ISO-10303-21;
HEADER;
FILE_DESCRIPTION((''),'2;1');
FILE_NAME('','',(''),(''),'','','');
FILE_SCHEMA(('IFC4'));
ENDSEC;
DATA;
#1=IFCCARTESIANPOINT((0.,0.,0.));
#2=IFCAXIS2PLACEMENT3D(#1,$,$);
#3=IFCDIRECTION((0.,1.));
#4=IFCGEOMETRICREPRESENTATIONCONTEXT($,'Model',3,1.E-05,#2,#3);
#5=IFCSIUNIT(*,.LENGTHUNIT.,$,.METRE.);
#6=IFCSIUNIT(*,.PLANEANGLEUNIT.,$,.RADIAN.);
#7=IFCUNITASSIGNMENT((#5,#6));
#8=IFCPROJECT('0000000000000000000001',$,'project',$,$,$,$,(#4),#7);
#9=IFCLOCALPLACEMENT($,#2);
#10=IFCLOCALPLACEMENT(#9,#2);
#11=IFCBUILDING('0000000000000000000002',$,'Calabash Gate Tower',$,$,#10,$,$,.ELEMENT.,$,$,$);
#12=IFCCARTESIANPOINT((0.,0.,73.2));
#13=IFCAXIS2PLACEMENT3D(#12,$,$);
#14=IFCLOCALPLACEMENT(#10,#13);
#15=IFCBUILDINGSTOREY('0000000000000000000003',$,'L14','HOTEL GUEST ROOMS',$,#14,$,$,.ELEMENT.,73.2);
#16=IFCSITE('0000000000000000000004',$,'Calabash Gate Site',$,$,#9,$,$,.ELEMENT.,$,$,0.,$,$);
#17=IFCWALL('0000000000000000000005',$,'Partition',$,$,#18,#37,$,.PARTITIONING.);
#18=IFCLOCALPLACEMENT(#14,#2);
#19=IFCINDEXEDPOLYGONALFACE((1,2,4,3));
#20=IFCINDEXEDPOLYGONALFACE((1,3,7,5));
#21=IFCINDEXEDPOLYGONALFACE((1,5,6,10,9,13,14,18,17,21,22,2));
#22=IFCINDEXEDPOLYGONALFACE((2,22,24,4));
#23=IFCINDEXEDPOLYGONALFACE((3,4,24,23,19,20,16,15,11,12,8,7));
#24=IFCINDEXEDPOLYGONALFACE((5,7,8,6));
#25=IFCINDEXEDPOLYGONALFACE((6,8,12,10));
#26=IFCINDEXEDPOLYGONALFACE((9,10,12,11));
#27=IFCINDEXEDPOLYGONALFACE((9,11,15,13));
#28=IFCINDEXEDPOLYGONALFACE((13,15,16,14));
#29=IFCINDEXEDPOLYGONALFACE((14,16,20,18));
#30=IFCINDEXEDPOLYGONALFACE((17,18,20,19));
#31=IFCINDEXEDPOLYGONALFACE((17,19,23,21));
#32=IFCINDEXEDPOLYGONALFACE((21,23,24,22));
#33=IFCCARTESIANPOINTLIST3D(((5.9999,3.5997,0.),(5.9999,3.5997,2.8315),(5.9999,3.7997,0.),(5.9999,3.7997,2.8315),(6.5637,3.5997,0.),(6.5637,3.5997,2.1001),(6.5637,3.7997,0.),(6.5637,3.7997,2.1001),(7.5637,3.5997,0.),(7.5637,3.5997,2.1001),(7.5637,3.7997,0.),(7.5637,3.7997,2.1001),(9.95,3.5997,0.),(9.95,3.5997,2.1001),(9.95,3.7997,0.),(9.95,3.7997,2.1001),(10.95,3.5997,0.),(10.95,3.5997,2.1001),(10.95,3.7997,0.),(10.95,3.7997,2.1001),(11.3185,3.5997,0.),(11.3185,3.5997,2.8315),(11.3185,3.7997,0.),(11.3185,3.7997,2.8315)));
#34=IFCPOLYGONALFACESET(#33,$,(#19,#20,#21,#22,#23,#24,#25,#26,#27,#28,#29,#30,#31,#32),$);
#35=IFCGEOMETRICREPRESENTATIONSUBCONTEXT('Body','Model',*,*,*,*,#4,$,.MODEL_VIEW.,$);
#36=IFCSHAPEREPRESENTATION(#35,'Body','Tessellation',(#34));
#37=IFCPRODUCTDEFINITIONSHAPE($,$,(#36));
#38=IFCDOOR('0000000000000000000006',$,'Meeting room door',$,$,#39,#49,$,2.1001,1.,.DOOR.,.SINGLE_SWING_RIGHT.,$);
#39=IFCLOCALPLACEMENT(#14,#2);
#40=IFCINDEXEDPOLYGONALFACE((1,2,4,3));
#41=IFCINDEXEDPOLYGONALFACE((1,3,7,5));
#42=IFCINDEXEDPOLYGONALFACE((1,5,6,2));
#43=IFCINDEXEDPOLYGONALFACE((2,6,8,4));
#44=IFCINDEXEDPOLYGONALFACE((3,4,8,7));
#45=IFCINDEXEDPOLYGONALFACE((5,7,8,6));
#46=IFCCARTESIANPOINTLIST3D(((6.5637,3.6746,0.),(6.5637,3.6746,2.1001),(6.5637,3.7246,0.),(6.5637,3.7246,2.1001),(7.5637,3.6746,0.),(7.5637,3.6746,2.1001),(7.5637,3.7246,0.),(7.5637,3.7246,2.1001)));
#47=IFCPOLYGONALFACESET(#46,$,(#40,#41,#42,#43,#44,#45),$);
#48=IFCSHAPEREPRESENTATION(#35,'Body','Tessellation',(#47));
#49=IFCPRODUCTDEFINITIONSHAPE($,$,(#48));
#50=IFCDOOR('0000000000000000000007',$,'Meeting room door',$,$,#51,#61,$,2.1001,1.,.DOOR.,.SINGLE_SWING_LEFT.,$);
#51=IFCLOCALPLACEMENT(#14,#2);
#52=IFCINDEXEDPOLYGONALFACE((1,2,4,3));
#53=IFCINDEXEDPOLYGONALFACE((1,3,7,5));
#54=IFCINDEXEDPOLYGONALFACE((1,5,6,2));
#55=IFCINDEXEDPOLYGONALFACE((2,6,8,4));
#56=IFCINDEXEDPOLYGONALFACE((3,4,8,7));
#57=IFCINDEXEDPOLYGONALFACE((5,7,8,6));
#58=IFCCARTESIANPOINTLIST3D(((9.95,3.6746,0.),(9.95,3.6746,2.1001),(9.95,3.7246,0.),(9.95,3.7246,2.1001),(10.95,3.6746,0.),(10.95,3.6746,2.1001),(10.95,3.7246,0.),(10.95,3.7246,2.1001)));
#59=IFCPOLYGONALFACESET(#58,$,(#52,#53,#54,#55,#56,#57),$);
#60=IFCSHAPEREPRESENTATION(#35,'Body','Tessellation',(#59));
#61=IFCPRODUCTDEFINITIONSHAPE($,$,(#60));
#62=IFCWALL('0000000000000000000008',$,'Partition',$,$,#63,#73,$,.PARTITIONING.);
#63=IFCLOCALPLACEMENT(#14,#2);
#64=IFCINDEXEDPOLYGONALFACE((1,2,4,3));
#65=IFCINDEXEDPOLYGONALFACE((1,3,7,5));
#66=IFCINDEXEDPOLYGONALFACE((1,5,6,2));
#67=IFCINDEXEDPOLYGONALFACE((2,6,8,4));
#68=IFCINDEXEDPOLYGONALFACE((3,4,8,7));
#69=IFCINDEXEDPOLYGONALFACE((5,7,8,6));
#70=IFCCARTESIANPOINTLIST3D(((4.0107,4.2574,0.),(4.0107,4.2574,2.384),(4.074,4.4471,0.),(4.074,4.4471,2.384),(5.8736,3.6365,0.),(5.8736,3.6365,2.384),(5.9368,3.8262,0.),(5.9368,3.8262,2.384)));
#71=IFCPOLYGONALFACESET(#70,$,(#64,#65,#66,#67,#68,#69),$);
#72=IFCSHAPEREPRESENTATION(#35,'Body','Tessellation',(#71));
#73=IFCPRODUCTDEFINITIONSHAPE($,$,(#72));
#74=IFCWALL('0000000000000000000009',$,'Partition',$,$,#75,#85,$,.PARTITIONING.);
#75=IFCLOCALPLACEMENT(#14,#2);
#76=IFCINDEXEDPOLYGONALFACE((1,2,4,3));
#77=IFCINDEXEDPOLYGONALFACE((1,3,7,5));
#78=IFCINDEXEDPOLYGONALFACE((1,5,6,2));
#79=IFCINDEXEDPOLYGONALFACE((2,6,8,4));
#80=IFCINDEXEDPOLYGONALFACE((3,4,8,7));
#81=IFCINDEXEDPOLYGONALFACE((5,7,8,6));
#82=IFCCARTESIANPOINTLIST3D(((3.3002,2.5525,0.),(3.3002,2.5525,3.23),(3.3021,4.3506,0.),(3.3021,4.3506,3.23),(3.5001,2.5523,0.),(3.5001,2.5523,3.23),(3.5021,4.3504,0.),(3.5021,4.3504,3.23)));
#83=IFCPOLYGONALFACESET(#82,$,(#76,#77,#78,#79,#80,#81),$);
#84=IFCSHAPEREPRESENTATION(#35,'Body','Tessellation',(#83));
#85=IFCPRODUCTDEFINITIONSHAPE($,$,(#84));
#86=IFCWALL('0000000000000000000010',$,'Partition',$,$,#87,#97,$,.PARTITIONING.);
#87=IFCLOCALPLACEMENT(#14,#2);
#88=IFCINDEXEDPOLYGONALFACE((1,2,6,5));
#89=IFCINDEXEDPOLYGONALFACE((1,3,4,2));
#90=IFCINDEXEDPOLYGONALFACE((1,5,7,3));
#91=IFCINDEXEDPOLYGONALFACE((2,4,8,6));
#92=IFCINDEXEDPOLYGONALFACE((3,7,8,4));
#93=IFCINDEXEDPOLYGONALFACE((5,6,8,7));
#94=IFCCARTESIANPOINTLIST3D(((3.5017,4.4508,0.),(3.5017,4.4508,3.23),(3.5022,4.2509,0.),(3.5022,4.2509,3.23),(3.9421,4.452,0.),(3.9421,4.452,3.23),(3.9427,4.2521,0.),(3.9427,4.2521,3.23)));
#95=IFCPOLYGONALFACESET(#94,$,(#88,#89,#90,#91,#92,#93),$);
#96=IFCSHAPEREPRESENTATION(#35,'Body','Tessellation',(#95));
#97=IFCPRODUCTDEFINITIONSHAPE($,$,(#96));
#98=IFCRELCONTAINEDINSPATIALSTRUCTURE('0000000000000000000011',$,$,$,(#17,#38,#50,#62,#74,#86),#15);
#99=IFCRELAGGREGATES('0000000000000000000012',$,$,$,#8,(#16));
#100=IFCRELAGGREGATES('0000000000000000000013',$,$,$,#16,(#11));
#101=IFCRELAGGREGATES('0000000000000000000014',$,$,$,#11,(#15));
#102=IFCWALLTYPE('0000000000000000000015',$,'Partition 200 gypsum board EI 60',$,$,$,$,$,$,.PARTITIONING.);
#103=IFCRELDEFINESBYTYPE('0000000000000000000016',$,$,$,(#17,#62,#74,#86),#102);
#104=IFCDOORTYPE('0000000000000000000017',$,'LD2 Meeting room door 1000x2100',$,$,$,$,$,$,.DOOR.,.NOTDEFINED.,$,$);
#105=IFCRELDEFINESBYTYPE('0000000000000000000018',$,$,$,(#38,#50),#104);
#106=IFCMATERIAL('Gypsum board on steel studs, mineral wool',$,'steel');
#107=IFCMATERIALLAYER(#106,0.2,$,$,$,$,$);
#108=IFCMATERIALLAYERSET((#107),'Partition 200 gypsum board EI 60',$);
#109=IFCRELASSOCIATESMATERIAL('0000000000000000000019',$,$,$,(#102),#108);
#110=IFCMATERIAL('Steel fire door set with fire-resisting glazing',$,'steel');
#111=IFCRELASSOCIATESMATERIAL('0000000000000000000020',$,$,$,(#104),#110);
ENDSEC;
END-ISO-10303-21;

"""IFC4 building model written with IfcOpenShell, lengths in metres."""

from ifc_helpers import new_model, si_unit, direction, frame, frame_2d, origin, place, context, subcontext, project, spatial, rectangle, extrude, material, layer, layer_set, type_object, element, fill, save


model = new_model("IFC4")

# Units and contexts
model_context = context("Model", 3, precision=1e-05, world=origin(), true_north=direction((0.0, 1.0)))
body_context = subcontext(model_context, "Body", "Model", "MODEL_VIEW")
ifc_project = project(units=[si_unit("LENGTHUNIT", "METRE"), si_unit("PLANEANGLEUNIT", "RADIAN")], contexts=[model_context])

# Site, building, storey
site_placement = place(None, origin())
site = spatial("IfcSite", under=ifc_project, at=site_placement, Name="Calabash Gate Site", CompositionType="ELEMENT", RefElevation=0.0)
building_placement = place(site_placement, origin())
building = spatial("IfcBuilding", under=site, at=building_placement, Name="Calabash Gate Tower", CompositionType="ELEMENT")
storey_placement = place(building_placement, frame((0.0, 0.0, 73.2)))
storey = spatial("IfcBuildingStorey", under=building, at=storey_placement, Name="L14", Description="HOTEL GUEST ROOMS", CompositionType="ELEMENT", Elevation=73.2)

# Wall, openings, doors
ifc_material_1 = material(Name="Gypsum board on steel studs, mineral wool", Category="steel")
ifc_layer_1 = layer(ifc_material_1, 0.2)
ifc_layer_set_1 = layer_set([ifc_layer_1], Name="Partition 200 gypsum board EI 60")
wall_type_1 = type_object("IfcWallType", Name="Partition 200 gypsum board EI 60", PredefinedType="PARTITIONING", material=ifc_layer_set_1)
wall_1_placement = place(storey_placement, frame((6.0, 3.6997, 0.0), z_axis=(0.0, 0.0, 1.0), x_axis=(1.0, 0.0, 0.0)))
wall_1 = element("IfcWall", 1, at=wall_1_placement, inside=storey, type_object=wall_type_1, Name="Partition", PredefinedType="PARTITIONING", context=body_context, shape_type="SweptSolid", body=[
    extrude(rectangle(XDim=5.3186, YDim=0.2, at=frame_2d((2.6592, 0.0))), origin(), (0.0, 0.0, 1.0), 2.8315),
])
opening_1_placement = place(wall_1_placement, frame((0.5637, 0.0, 0.0)))
opening_1 = element("IfcOpeningElement", 2, at=opening_1_placement, cuts=wall_1, PredefinedType="OPENING", context=body_context, shape_type="SweptSolid", body=[
    extrude(rectangle(XDim=1.0, YDim=2.1001, at=frame_2d((0.5, 1.05))), frame((0.0, 0.1099, 0.0), z_axis=(0.0, -1.0, 0.0), x_axis=(1.0, 0.0, 0.0)), (0.0, 0.0, 1.0), 0.22),
])
opening_2_placement = place(wall_1_placement, frame((3.95, 0.0, 0.0)))
opening_2 = element("IfcOpeningElement", 3, at=opening_2_placement, cuts=wall_1, PredefinedType="OPENING", context=body_context, shape_type="SweptSolid", body=[
    extrude(rectangle(XDim=1.0, YDim=2.1001, at=frame_2d((0.5, 1.05))), frame((0.0, 0.1099, 0.0), z_axis=(0.0, -1.0, 0.0), x_axis=(1.0, 0.0, 0.0)), (0.0, 0.0, 1.0), 0.22),
])
ifc_material_2 = material(Name="Steel fire door set with fire-resisting glazing", Category="steel")
door_type_1 = type_object("IfcDoorType", Name="LD2 Meeting room door 1000x2100", OperationType="NOTDEFINED", PredefinedType="DOOR", material=ifc_material_2)
door_1_placement = place(opening_1_placement, origin())
door_1 = element("IfcDoor", 4, at=door_1_placement, inside=storey, type_object=door_type_1, Name="Meeting room door", OperationType="SINGLE_SWING_RIGHT", OverallHeight=2.1001, OverallWidth=1.0, PredefinedType="DOOR", context=body_context, shape_type="SweptSolid", body=[
    extrude(rectangle(XDim=1.0, YDim=2.1001, at=frame_2d((0.5, 1.05))), frame((0.0, 0.0249, 0.0), z_axis=(0.0, -1.0, 0.0), x_axis=(1.0, 0.0, 0.0)), (0.0, 0.0, 1.0), 0.05),
])
fill(opening_1, door_1)
door_2_placement = place(opening_2_placement, origin())
door_2 = element("IfcDoor", 5, at=door_2_placement, inside=storey, type_object=door_type_1, Name="Meeting room door", OperationType="SINGLE_SWING_LEFT", OverallHeight=2.1001, OverallWidth=1.0, PredefinedType="DOOR", context=body_context, shape_type="SweptSolid", body=[
    extrude(rectangle(XDim=1.0, YDim=2.1001, at=frame_2d((0.5, 1.05))), frame((0.0, 0.0249, 0.0), z_axis=(0.0, -1.0, 0.0), x_axis=(1.0, 0.0, 0.0)), (0.0, 0.0, 1.0), 0.05),
])
fill(opening_2, door_2)

# Walls
wall_2_placement = place(storey_placement, frame((4.0422, 4.3523, 0.0), z_axis=(0.0, 0.0, 1.0), x_axis=(0.948696, -0.31619, 0.0)))
element("IfcWall", 6, at=wall_2_placement, inside=storey, type_object=wall_type_1, Name="Partition", PredefinedType="PARTITIONING", context=body_context, shape_type="SweptSolid", body=[
    extrude(rectangle(XDim=1.9636, YDim=0.2, at=frame_2d((0.9819, 0.0))), origin(), (0.0, 0.0, 1.0), 2.384),
])
wall_3_placement = place(storey_placement, frame((3.4001, 2.5525, 0.0), z_axis=(0.0, 0.0, 1.0), x_axis=(0.001086, 0.999999, 0.0)))
element("IfcWall", 7, at=wall_3_placement, inside=storey, type_object=wall_type_1, Name="Partition", PredefinedType="PARTITIONING", context=body_context, shape_type="SweptSolid", body=[
    extrude(rectangle(XDim=1.7981, YDim=0.2, at=frame_2d((0.8989, 0.0))), origin(), (0.0, 0.0, 1.0), 3.23),
])
wall_4_placement = place(storey_placement, frame((3.502, 4.3508, 0.0), z_axis=(0.0, 0.0, 1.0), x_axis=(0.999996, 0.002772, 0.0)))
element("IfcWall", 8, at=wall_4_placement, inside=storey, type_object=wall_type_1, Name="Partition", PredefinedType="PARTITIONING", context=body_context, shape_type="SweptSolid", body=[
    extrude(rectangle(XDim=0.4404, YDim=0.2, at=frame_2d((0.2202, 0.0))), origin(), (0.0, 0.0, 1.0), 3.23),
])

save(model, "model.ifc")
